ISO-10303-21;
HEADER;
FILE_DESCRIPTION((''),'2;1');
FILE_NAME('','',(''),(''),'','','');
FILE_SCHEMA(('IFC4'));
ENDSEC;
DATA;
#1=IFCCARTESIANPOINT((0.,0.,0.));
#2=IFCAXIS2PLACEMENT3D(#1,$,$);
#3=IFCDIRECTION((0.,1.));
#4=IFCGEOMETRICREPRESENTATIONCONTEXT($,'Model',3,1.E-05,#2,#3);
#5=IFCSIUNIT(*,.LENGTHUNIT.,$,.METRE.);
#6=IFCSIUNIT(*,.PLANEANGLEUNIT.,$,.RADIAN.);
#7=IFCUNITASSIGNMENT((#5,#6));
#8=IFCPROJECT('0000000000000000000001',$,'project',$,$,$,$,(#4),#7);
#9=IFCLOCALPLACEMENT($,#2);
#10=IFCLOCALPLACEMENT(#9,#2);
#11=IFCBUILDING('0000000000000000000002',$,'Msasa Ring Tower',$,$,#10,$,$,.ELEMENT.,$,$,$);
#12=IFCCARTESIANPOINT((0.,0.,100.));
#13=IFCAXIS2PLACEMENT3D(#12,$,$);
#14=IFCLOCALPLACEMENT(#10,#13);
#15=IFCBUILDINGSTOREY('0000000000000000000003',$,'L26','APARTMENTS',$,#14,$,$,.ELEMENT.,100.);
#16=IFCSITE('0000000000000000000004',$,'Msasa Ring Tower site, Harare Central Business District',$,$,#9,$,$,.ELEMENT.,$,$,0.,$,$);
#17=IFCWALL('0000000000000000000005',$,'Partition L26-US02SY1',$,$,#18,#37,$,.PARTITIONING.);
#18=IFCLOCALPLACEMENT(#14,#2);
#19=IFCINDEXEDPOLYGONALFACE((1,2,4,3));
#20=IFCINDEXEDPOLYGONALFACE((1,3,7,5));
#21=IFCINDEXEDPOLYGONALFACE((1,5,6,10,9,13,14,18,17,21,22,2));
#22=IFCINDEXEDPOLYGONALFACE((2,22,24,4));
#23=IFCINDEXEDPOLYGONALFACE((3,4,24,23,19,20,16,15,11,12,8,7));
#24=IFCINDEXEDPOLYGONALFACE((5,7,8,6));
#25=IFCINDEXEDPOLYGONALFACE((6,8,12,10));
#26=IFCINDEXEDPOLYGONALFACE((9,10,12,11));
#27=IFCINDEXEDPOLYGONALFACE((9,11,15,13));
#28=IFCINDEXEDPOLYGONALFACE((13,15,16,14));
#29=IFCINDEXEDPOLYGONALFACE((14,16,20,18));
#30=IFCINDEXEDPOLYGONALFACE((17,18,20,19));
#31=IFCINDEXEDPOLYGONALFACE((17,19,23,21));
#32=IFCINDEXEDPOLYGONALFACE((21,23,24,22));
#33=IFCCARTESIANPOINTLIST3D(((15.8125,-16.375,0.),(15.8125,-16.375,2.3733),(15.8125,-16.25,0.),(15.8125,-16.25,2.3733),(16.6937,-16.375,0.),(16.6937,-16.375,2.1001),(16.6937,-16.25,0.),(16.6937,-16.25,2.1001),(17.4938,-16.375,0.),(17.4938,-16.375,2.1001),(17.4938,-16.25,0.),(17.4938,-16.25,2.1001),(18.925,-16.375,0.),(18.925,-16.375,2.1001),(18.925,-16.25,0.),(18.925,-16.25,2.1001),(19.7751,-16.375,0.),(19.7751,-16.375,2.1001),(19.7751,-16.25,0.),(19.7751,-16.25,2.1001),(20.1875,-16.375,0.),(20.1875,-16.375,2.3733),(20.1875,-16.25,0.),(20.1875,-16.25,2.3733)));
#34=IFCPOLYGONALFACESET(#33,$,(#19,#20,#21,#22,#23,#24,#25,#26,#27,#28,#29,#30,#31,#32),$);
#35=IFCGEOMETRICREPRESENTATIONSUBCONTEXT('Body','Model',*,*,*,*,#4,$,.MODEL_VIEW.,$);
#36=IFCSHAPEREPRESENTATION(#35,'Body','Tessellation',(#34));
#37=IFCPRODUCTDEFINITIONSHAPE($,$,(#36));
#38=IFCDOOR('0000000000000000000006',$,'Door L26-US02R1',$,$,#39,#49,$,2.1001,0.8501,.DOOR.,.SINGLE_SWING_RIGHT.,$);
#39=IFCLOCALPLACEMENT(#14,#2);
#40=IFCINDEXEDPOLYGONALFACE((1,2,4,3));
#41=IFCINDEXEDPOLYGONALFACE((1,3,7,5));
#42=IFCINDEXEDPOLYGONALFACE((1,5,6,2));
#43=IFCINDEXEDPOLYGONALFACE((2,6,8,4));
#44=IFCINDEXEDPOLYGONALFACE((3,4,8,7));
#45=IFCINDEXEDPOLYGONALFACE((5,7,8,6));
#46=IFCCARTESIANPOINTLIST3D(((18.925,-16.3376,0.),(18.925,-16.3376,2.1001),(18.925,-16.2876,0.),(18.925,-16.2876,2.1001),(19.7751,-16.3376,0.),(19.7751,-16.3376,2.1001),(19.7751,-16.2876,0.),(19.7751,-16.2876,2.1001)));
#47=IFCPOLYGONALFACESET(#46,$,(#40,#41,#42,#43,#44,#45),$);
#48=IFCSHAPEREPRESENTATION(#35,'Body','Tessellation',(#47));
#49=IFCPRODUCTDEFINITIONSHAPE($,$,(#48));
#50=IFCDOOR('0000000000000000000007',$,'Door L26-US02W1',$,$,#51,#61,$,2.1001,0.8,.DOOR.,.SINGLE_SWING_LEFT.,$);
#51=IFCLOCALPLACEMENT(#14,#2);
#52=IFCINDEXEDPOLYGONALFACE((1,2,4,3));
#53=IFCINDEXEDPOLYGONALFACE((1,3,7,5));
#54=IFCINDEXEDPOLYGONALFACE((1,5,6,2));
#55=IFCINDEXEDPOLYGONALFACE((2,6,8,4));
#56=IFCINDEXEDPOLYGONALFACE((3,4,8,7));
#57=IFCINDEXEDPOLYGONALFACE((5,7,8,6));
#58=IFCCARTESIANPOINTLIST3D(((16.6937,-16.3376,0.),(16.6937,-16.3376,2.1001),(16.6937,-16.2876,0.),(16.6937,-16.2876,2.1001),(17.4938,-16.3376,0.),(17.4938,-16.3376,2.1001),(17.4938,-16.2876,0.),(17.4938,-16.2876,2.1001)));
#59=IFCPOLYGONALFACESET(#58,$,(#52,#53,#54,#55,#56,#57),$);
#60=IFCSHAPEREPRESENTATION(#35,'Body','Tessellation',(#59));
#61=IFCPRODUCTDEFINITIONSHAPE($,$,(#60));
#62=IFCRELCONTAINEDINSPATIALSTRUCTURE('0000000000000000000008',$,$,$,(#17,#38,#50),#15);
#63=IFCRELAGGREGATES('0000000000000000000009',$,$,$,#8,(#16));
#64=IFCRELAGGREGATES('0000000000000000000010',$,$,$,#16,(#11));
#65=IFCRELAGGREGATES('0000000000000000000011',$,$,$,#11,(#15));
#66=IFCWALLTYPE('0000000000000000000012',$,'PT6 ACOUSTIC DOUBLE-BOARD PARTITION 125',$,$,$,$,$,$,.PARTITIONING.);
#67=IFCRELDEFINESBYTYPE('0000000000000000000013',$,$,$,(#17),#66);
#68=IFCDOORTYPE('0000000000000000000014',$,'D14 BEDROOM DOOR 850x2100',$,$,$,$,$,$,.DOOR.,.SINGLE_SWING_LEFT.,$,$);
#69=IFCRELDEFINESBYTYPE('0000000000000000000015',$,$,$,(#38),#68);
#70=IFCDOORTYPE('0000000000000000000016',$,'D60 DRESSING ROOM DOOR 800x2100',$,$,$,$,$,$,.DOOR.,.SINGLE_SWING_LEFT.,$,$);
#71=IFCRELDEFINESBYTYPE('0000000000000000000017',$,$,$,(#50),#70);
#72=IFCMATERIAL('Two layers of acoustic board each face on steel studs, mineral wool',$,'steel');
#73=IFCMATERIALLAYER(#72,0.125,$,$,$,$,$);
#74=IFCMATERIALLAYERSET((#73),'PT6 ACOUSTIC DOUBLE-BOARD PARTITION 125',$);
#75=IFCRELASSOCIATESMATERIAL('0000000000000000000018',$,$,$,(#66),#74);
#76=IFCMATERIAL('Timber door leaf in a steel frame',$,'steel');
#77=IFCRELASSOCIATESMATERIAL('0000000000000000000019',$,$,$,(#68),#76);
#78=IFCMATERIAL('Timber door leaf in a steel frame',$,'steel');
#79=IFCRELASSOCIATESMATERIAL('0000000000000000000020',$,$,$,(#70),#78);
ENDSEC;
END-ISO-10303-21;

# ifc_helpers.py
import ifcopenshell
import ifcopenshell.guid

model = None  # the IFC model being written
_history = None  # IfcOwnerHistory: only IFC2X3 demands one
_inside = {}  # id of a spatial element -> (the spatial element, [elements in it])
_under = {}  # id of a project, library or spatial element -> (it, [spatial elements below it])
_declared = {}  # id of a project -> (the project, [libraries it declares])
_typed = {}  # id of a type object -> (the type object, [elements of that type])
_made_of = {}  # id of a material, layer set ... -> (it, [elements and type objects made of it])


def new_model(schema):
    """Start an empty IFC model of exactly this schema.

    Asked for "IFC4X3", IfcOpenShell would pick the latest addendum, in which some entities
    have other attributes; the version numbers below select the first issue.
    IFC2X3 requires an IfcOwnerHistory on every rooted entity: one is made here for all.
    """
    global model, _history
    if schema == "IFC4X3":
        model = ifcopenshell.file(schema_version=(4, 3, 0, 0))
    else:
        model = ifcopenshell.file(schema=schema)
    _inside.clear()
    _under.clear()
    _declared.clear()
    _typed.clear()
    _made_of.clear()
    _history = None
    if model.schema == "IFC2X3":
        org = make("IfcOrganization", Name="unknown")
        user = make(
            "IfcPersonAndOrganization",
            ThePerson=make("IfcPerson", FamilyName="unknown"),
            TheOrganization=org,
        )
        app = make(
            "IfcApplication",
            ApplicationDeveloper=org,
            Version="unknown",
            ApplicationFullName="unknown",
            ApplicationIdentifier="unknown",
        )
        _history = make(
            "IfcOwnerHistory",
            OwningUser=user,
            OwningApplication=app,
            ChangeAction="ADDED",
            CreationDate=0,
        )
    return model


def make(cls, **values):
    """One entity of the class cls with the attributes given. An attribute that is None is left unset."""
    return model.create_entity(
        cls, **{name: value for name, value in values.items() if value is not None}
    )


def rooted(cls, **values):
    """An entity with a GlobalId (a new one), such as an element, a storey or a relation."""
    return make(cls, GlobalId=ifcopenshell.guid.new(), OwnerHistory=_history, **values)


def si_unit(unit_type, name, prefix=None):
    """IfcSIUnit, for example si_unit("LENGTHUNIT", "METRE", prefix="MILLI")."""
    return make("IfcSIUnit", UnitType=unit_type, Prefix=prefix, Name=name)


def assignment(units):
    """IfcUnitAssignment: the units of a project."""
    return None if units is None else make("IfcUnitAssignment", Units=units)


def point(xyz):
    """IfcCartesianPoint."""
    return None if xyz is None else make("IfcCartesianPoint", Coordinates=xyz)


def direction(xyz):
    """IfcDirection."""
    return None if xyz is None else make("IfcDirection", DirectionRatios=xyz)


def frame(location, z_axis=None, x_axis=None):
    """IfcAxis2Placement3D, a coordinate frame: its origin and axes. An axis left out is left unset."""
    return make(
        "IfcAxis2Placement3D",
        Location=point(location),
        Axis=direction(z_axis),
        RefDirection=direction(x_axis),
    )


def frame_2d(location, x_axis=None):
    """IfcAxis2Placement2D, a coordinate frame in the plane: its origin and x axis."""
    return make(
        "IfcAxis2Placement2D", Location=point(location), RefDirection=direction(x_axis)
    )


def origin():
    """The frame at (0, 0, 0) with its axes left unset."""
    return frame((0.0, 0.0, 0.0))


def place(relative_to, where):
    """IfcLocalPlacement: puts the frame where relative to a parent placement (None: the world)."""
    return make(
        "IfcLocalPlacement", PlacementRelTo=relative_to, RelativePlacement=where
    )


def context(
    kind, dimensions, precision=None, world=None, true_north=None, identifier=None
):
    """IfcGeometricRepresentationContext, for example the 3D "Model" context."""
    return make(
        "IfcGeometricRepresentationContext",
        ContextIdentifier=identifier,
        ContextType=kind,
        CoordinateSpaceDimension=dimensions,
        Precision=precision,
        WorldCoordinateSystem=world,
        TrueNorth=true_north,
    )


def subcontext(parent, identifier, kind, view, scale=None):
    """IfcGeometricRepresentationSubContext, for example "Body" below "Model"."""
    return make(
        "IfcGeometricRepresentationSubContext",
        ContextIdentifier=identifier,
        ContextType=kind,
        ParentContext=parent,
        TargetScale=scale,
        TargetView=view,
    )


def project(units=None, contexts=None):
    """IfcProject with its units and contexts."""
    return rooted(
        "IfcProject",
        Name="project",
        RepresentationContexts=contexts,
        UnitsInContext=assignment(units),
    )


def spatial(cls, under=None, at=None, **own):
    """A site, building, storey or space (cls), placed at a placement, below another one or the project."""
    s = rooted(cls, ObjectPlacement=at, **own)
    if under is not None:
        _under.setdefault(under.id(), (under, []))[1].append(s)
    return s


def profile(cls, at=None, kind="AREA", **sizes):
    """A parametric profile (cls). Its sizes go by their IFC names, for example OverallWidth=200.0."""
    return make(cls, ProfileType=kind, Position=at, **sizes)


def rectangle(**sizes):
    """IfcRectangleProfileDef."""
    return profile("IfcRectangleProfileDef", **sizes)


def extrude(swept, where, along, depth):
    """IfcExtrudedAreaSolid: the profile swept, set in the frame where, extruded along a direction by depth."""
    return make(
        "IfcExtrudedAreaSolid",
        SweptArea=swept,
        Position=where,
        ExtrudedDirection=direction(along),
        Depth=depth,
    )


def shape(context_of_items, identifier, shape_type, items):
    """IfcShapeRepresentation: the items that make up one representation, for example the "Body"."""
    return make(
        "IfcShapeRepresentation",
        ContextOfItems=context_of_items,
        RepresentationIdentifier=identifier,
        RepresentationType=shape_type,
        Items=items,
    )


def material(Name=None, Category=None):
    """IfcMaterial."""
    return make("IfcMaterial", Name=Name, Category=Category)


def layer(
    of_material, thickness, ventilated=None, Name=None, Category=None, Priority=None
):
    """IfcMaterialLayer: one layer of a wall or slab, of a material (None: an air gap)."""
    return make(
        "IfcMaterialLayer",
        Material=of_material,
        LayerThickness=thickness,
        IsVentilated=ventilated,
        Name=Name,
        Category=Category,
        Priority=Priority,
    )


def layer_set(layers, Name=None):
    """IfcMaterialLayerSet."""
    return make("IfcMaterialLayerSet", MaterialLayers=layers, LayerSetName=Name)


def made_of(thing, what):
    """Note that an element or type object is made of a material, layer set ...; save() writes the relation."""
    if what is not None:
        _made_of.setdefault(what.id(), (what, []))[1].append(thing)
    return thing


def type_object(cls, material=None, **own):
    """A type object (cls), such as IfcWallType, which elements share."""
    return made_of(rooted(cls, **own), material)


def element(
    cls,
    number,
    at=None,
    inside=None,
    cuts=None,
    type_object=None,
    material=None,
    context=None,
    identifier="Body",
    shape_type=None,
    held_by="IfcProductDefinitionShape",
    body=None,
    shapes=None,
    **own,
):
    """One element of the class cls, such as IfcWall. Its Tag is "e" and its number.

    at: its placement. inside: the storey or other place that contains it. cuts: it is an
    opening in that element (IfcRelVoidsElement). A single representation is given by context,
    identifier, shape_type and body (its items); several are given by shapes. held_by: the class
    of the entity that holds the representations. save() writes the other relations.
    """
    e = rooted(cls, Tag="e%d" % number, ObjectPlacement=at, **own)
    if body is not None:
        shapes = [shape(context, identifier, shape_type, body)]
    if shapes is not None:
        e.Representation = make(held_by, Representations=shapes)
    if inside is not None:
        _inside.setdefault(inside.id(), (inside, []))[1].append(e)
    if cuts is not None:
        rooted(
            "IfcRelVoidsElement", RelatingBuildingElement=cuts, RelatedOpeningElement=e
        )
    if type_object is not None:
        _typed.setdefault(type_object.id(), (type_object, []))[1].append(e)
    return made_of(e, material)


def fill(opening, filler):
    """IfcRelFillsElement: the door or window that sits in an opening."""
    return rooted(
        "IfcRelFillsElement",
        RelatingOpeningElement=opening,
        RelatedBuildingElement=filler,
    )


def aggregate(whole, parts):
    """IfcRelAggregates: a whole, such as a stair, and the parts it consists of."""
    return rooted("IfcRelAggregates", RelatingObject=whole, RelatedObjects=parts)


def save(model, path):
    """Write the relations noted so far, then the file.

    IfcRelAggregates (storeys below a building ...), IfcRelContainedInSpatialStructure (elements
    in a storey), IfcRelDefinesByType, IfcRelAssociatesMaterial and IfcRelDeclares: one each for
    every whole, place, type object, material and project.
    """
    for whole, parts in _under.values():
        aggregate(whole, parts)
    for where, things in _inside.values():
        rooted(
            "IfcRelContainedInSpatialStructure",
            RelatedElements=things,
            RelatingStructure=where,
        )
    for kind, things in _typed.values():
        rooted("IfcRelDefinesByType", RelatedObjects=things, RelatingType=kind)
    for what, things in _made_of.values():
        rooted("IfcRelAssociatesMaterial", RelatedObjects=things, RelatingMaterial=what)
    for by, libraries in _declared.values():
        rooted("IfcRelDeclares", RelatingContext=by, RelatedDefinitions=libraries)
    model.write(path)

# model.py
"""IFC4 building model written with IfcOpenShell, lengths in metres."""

from ifc_helpers import new_model, si_unit, direction, frame, frame_2d, origin, place, context, subcontext, project, spatial, rectangle, extrude, material, layer, layer_set, type_object, element, fill, save


model = new_model("IFC4")

# Units and contexts
model_context = context("Model", 3, precision=1e-05, world=origin(), true_north=direction((0.0, 1.0)))
body_context = subcontext(model_context, "Body", "Model", "MODEL_VIEW")
ifc_project = project(units=[si_unit("LENGTHUNIT", "METRE"), si_unit("PLANEANGLEUNIT", "RADIAN")], contexts=[model_context])

# Site, building, storey
site_placement = place(None, origin())
site = spatial("IfcSite", under=ifc_project, at=site_placement, Name="Msasa Ring Tower site, Harare Central Business District", CompositionType="ELEMENT", RefElevation=0.0)
building_placement = place(site_placement, origin())
building = spatial("IfcBuilding", under=site, at=building_placement, Name="Msasa Ring Tower", CompositionType="ELEMENT")
storey_placement = place(building_placement, frame((0.0, 0.0, 100.0)))
storey = spatial("IfcBuildingStorey", under=building, at=storey_placement, Name="L26", Description="APARTMENTS", CompositionType="ELEMENT", Elevation=100.0)

# Shared definitions
ifc_material_1 = material(Name="Two layers of acoustic board each face on steel studs, mineral wool", Category="steel")
ifc_layer_1 = layer(ifc_material_1, 0.125)
ifc_layer_set_1 = layer_set([ifc_layer_1], Name="PT6 ACOUSTIC DOUBLE-BOARD PARTITION 125")
wall_type_1 = type_object("IfcWallType", Name="PT6 ACOUSTIC DOUBLE-BOARD PARTITION 125", PredefinedType="PARTITIONING", material=ifc_layer_set_1)

# Wall, openings, doors
wall_1_placement = place(storey_placement, frame((15.8125, -16.3125, 0.0), z_axis=(0.0, 0.0, 1.0), x_axis=(1.0, 0.0, 0.0)))
wall_1 = element("IfcWall", 1, at=wall_1_placement, inside=storey, type_object=wall_type_1, Name="Partition L26-US02SY1", PredefinedType="PARTITIONING", context=body_context, shape_type="SweptSolid", body=[
    extrude(rectangle(XDim=4.375, YDim=0.125, at=frame_2d((2.1875, 0.0))), origin(), (0.0, 0.0, 1.0), 2.3733),
])
opening_1_placement = place(wall_1_placement, frame((3.1125, 0.0, 0.0)))
opening_1 = element("IfcOpeningElement", 2, at=opening_1_placement, cuts=wall_1, PredefinedType="OPENING", context=body_context, shape_type="SweptSolid", body=[
    extrude(rectangle(XDim=0.8501, YDim=2.1001, at=frame_2d((0.425, 1.05))), frame((0.0, 0.0725, 0.0), z_axis=(0.0, -1.0, 0.0), x_axis=(1.0, 0.0, 0.0)), (0.0, 0.0, 1.0), 0.145),
])
opening_2_placement = place(wall_1_placement, frame((0.8813, 0.0, 0.0)))
opening_2 = element("IfcOpeningElement", 3, at=opening_2_placement, cuts=wall_1, PredefinedType="OPENING", context=body_context, shape_type="SweptSolid", body=[
    extrude(rectangle(XDim=0.8, YDim=2.1001, at=frame_2d((0.3999, 1.05))), frame((0.0, 0.0725, 0.0), z_axis=(0.0, -1.0, 0.0), x_axis=(1.0, 0.0, 0.0)), (0.0, 0.0, 1.0), 0.145),
])
ifc_material_2 = material(Name="Timber door leaf in a steel frame", Category="steel")
door_type_1 = type_object("IfcDoorType", Name="D14 BEDROOM DOOR 850x2100", OperationType="SINGLE_SWING_LEFT", PredefinedType="DOOR", material=ifc_material_2)
door_1_placement = place(opening_1_placement, origin())
door_1 = element("IfcDoor", 4, at=door_1_placement, inside=storey, type_object=door_type_1, Name="Door L26-US02R1", OperationType="SINGLE_SWING_RIGHT", OverallHeight=2.1001, OverallWidth=0.8501, PredefinedType="DOOR", context=body_context, shape_type="SweptSolid", body=[
    extrude(rectangle(XDim=0.8501, YDim=2.1001, at=frame_2d((0.425, 1.05))), frame((0.0, 0.0249, 0.0), z_axis=(0.0, -1.0, 0.0), x_axis=(1.0, 0.0, 0.0)), (0.0, 0.0, 1.0), 0.05),
])
fill(opening_1, door_1)
ifc_material_3 = material(Name="Timber door leaf in a steel frame", Category="steel")
door_type_2 = type_object("IfcDoorType", Name="D60 DRESSING ROOM DOOR 800x2100", OperationType="SINGLE_SWING_LEFT", PredefinedType="DOOR", material=ifc_material_3)
door_2_placement = place(opening_2_placement, origin())
door_2 = element("IfcDoor", 5, at=door_2_placement, inside=storey, type_object=door_type_2, Name="Door L26-US02W1", OperationType="SINGLE_SWING_LEFT", OverallHeight=2.1001, OverallWidth=0.8, PredefinedType="DOOR", context=body_context, shape_type="SweptSolid", body=[
    extrude(rectangle(XDim=0.8, YDim=2.1001, at=frame_2d((0.3999, 1.05))), frame((0.0, 0.0249, 0.0), z_axis=(0.0, -1.0, 0.0), x_axis=(1.0, 0.0, 0.0)), (0.0, 0.0, 1.0), 0.05),
])
fill(opening_2, door_2)

save(model, "model.ifc")
